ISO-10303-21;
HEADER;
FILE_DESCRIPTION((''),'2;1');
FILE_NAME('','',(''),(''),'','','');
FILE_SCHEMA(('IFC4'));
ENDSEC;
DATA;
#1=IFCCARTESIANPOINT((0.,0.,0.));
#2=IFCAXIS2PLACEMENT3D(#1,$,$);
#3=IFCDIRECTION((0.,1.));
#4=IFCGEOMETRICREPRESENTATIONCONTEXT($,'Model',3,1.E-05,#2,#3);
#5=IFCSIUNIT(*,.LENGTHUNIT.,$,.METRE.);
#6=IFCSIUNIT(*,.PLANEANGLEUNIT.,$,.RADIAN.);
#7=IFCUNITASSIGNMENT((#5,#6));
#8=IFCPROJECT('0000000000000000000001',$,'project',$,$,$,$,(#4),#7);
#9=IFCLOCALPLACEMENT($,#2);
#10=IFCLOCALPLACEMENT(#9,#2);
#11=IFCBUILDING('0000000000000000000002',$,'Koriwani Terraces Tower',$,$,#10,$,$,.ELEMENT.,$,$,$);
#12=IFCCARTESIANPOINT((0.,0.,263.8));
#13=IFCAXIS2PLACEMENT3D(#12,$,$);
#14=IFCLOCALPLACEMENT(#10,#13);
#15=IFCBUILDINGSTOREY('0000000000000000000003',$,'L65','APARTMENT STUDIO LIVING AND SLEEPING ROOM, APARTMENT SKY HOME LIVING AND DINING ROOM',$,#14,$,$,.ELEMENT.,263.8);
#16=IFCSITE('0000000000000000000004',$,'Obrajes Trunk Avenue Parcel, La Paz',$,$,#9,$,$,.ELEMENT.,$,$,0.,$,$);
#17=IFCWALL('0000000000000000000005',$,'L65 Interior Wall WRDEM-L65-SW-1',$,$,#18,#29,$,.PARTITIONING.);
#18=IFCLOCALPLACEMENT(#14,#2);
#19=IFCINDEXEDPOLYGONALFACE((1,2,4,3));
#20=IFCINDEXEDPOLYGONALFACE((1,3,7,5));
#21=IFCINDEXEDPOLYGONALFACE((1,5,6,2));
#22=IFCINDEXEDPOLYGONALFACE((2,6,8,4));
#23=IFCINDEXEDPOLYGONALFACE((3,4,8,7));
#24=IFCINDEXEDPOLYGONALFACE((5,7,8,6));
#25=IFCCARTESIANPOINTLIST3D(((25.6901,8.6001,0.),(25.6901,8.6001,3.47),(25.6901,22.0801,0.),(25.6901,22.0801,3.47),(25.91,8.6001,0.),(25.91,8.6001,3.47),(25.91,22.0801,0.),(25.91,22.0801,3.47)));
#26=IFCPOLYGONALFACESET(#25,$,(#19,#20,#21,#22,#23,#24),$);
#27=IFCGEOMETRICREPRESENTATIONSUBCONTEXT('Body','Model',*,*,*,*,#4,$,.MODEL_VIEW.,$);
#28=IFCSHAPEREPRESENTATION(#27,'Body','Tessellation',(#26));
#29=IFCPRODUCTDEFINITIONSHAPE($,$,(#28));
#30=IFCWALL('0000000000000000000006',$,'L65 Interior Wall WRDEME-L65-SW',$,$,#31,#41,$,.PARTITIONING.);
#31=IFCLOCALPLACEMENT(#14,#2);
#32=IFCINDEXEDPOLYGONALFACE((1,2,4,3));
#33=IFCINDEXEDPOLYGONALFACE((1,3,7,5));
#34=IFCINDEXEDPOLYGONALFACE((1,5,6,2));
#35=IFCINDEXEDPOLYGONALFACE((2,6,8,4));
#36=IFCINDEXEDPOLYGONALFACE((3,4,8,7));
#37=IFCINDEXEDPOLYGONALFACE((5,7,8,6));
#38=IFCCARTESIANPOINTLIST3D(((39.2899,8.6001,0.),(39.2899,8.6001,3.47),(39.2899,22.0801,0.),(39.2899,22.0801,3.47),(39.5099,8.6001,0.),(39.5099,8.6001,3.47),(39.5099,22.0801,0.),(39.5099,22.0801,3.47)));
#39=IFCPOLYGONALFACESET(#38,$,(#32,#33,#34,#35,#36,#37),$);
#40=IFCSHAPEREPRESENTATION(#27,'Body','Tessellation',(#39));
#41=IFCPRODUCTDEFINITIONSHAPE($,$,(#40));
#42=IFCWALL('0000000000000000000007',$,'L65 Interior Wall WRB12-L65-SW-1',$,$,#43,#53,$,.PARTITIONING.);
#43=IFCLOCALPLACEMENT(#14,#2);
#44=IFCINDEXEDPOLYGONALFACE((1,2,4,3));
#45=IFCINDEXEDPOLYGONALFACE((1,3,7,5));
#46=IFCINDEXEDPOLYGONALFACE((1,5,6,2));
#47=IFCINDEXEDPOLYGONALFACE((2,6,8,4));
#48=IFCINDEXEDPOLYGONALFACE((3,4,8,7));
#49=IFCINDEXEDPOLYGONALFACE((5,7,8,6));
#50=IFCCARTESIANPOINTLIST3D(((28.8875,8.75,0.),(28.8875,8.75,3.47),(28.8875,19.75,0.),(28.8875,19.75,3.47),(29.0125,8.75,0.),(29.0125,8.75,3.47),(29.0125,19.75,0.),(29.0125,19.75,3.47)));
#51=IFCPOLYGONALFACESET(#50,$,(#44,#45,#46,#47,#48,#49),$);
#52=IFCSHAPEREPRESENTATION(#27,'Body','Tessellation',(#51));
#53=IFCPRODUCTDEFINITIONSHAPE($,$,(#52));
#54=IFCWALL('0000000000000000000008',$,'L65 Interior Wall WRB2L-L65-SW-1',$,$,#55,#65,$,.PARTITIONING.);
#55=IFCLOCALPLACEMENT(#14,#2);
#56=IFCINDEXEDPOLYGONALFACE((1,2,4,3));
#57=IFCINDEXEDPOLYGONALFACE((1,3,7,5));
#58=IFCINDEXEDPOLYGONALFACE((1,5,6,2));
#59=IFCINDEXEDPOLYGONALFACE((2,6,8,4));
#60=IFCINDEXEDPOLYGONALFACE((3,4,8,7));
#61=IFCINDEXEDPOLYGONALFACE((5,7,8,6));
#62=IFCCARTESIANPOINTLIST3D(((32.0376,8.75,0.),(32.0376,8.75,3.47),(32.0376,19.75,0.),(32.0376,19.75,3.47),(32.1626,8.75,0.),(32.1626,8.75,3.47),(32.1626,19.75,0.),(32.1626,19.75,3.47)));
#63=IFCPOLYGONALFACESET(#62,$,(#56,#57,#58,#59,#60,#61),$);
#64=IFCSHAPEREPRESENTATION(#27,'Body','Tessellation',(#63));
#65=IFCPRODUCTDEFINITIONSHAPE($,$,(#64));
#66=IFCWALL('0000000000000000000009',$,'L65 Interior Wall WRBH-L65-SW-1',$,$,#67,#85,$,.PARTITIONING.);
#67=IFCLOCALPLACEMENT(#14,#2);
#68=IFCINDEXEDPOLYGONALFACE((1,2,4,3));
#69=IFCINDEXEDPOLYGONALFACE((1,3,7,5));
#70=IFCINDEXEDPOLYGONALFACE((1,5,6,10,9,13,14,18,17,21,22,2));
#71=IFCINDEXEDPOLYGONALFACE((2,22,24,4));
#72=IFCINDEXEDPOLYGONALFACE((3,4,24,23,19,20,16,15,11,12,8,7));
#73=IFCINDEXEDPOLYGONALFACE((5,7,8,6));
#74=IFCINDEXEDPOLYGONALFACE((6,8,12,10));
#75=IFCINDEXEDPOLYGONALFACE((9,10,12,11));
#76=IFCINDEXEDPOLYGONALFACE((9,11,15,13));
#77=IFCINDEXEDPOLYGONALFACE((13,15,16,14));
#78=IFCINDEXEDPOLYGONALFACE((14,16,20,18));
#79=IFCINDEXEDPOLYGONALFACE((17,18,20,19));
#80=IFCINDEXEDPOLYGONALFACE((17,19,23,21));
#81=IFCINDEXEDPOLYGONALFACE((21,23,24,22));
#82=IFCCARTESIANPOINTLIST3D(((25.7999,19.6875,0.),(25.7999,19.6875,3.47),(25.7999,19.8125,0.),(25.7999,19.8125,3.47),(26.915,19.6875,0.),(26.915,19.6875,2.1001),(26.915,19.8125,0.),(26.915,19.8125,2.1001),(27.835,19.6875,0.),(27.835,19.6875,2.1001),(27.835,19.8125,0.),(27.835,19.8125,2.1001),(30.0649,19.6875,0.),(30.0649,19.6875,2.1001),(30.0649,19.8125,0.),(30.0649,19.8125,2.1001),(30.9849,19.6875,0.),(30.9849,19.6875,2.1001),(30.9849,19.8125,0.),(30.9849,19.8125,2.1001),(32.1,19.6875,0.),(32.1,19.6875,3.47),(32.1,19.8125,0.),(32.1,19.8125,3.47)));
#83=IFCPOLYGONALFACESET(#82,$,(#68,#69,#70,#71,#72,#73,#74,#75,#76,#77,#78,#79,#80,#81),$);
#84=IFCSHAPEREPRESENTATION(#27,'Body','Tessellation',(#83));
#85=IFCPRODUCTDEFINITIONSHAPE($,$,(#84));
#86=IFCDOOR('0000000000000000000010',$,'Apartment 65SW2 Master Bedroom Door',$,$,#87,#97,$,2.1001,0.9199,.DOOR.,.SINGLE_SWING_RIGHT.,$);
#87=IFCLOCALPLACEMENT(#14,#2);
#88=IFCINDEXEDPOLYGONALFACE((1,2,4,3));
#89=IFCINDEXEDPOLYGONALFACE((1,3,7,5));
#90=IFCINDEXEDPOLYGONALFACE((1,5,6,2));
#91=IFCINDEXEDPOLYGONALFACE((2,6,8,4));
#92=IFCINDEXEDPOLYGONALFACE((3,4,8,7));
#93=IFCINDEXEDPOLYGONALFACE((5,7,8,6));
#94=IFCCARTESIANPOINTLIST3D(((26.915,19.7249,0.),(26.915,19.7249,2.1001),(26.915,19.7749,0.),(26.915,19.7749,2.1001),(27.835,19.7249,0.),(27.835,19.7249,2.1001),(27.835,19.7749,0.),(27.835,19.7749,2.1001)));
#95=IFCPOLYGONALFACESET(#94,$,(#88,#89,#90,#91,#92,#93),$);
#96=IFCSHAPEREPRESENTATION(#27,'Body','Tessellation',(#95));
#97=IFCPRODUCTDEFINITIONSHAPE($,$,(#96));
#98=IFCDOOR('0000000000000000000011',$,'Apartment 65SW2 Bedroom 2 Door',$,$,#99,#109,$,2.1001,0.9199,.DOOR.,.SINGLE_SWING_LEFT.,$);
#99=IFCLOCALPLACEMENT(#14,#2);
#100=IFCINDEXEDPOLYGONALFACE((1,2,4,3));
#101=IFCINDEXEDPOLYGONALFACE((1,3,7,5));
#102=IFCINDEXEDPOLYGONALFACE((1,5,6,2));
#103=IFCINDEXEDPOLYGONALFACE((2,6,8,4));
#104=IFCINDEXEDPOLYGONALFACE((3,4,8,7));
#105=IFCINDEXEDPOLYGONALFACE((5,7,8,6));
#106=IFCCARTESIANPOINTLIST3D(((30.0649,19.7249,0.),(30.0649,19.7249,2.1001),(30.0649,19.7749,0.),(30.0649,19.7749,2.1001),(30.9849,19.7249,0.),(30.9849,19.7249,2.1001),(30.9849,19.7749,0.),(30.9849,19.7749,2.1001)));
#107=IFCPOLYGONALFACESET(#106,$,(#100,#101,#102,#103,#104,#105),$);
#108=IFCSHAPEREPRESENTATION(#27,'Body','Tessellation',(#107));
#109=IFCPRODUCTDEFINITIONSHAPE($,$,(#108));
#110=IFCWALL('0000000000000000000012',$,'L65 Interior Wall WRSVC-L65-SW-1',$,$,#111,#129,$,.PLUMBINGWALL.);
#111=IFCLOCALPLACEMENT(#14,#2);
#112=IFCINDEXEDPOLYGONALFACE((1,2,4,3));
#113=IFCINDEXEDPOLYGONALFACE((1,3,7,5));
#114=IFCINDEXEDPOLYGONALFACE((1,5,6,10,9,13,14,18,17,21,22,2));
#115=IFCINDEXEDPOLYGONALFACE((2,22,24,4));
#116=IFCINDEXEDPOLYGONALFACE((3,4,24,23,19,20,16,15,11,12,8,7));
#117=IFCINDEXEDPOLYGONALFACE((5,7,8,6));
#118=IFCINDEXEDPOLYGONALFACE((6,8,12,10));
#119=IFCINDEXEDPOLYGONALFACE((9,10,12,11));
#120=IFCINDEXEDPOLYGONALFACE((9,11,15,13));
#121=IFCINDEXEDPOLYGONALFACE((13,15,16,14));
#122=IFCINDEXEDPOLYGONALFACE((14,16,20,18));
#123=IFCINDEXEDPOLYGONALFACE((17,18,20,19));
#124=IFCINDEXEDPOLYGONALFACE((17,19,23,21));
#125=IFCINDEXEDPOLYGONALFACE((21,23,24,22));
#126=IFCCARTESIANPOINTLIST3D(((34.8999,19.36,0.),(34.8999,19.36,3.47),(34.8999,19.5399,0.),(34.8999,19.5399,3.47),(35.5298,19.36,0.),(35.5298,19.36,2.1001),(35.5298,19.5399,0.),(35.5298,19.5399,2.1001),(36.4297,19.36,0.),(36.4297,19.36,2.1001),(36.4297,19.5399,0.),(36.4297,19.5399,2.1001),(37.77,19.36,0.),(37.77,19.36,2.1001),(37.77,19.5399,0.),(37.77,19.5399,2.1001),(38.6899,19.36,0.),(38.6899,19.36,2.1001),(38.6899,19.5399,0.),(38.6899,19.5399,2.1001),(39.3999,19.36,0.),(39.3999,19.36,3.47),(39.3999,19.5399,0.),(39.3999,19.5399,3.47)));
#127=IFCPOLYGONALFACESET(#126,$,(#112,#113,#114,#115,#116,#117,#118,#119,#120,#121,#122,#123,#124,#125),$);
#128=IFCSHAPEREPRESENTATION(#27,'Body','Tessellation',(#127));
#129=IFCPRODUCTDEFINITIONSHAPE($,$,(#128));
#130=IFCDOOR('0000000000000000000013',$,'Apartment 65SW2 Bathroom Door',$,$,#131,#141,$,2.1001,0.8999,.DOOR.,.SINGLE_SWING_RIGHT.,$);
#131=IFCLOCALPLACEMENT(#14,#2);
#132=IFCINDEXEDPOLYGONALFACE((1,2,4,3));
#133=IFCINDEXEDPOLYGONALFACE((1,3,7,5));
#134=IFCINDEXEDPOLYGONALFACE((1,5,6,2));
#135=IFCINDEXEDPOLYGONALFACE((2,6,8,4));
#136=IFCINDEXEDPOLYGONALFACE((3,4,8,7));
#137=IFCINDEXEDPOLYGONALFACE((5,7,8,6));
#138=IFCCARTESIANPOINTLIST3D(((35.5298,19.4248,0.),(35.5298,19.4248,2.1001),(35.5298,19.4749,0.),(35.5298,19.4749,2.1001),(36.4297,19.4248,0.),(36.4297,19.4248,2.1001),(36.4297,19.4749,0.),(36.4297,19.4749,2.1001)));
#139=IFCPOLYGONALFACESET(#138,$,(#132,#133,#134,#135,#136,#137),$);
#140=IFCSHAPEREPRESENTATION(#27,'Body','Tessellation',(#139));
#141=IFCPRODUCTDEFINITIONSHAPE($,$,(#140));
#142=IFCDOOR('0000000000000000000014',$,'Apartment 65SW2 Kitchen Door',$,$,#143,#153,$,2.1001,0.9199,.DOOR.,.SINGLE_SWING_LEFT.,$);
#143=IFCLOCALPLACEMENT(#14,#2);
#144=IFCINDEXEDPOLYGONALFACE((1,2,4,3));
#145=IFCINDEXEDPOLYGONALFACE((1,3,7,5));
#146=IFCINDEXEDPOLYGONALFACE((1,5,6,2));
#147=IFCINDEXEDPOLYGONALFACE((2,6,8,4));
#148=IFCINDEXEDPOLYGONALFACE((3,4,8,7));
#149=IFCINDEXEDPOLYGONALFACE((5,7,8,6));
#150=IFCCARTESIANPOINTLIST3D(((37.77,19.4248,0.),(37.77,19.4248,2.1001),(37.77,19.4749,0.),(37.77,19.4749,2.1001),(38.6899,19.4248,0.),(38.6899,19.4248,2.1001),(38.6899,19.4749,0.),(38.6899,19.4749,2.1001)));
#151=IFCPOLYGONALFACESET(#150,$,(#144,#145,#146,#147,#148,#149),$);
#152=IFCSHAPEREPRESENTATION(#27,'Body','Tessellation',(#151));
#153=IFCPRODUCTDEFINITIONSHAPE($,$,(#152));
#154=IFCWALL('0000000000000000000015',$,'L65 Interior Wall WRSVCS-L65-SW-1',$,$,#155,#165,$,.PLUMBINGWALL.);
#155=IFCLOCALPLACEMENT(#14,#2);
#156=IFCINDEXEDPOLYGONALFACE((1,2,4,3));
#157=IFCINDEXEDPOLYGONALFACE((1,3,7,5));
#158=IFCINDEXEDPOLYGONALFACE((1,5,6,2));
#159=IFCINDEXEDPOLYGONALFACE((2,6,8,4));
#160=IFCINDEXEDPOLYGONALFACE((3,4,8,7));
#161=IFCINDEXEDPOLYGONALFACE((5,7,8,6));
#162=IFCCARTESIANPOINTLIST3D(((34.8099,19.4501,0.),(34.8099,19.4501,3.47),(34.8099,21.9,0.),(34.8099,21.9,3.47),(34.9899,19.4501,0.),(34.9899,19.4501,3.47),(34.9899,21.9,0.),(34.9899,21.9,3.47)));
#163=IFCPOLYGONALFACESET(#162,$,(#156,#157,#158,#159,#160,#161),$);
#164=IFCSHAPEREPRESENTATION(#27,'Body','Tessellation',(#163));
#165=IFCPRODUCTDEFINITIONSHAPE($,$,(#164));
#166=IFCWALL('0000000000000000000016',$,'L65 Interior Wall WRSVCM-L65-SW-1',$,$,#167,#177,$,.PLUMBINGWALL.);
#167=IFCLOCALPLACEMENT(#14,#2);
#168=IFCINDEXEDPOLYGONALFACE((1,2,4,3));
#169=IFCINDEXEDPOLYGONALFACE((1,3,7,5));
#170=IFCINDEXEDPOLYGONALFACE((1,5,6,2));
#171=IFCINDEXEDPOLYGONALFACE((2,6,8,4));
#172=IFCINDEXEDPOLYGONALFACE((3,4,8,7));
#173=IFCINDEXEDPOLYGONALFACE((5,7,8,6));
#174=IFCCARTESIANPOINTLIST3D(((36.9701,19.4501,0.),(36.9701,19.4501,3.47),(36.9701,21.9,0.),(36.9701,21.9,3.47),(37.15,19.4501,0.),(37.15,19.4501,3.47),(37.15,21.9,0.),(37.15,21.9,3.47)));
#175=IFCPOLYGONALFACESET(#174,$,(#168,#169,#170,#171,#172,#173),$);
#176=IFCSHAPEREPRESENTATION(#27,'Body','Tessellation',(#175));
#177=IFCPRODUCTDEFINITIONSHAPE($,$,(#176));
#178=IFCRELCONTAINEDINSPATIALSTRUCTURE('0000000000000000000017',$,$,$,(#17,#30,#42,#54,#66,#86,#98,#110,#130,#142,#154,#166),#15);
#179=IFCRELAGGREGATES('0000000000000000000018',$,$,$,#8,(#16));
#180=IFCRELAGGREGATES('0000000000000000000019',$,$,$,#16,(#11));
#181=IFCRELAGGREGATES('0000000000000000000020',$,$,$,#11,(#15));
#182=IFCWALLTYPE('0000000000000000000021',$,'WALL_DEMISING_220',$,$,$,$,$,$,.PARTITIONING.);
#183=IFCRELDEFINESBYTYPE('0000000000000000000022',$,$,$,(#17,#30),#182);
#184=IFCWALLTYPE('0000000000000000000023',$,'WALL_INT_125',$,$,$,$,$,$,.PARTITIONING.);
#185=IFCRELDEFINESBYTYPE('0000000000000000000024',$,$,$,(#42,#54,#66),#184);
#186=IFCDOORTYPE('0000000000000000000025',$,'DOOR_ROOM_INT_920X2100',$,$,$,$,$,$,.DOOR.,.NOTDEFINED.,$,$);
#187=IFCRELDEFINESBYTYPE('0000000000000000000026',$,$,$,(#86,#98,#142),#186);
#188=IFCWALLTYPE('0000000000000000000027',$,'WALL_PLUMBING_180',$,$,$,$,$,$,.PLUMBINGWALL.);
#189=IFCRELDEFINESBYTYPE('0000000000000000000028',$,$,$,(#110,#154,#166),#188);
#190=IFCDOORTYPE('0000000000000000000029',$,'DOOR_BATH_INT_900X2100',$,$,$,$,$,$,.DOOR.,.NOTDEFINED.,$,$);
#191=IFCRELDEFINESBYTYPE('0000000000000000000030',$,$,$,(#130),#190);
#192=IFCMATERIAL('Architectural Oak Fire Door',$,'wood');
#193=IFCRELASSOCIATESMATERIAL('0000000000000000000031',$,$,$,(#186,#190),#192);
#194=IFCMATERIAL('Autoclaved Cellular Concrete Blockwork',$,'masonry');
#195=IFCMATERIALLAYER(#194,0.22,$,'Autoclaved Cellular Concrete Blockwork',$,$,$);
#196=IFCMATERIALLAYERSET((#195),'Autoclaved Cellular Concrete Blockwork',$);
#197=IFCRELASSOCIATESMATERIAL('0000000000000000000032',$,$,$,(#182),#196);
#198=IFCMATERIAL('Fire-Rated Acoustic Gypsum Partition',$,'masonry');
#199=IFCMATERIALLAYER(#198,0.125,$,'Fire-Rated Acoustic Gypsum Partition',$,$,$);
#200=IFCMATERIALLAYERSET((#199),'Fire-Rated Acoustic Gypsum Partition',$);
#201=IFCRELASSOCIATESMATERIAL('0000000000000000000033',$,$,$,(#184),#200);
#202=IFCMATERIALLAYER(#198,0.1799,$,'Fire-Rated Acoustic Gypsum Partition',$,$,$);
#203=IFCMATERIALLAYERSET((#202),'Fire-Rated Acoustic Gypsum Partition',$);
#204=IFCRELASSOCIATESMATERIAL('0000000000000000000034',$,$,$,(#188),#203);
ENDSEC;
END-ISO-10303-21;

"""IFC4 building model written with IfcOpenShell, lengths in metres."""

from ifc_helpers import new_model, si_unit, direction, frame, frame_2d, origin, place, context, subcontext, project, spatial, rectangle, extrude, material, layer, layer_set, type_object, element, fill, save


model = new_model("IFC4")

# Units and contexts
model_context = context("Model", 3, precision=1e-05, world=origin(), true_north=direction((0.0, 1.0)))
body_context = subcontext(model_context, "Body", "Model", "MODEL_VIEW")
ifc_project = project(units=[si_unit("LENGTHUNIT", "METRE"), si_unit("PLANEANGLEUNIT", "RADIAN")], contexts=[model_context])

# Site, building, storey
site_placement = place(None, origin())
site = spatial("IfcSite", under=ifc_project, at=site_placement, Name="Obrajes Trunk Avenue Parcel, La Paz", CompositionType="ELEMENT", RefElevation=0.0)
building_placement = place(site_placement, origin())
building = spatial("IfcBuilding", under=site, at=building_placement, Name="Koriwani Terraces Tower", CompositionType="ELEMENT")
storey_placement = place(building_placement, frame((0.0, 0.0, 263.8)))
storey = spatial("IfcBuildingStorey", under=building, at=storey_placement, Name="L65", Description="APARTMENT STUDIO LIVING AND SLEEPING ROOM, APARTMENT SKY HOME LIVING AND DINING ROOM", CompositionType="ELEMENT", Elevation=263.8)

# Shared definitions
ifc_material_1 = material(Name="Autoclaved Cellular Concrete Blockwork", Category="masonry")
ifc_material_2 = material(Name="Architectural Oak Fire Door", Category="wood")
door_type_1 = type_object("IfcDoorType", Name="DOOR_ROOM_INT_920X2100", OperationType="NOTDEFINED", PredefinedType="DOOR", material=ifc_material_2)

# Walls
ifc_layer_1 = layer(ifc_material_1, 0.22, Name="Autoclaved Cellular Concrete Blockwork")
ifc_layer_set_1 = layer_set([ifc_layer_1], Name="Autoclaved Cellular Concrete Blockwork")
wall_type_1 = type_object("IfcWallType", Name="WALL_DEMISING_220", PredefinedType="PARTITIONING", material=ifc_layer_set_1)
for number, where, z_axis, x_axis, name in (
    (1, (25.8, 8.6001, 0.0), (0.0, 0.0, 1.0), (0.0, 1.0, 0.0), "L65 Interior Wall WRDEM-L65-SW-1"),
    (2, (39.3999, 8.6001, 0.0), (0.0, 0.0, 1.0), (0.0, 1.0, 0.0), "L65 Interior Wall WRDEME-L65-SW"),
):
    element("IfcWall", number, at=place(storey_placement, frame(where, z_axis=z_axis, x_axis=x_axis)), inside=storey, type_object=wall_type_1, Name=name, PredefinedType="PARTITIONING", context=body_context, shape_type="SweptSolid", body=[
        extrude(rectangle(XDim=13.48, YDim=0.22, at=frame_2d((6.74, 0.0))), origin(), (0.0, 0.0, 1.0), 3.47),
    ])
ifc_material_3 = material(Name="Fire-Rated Acoustic Gypsum Partition", Category="masonry")
ifc_layer_2 = layer(ifc_material_3, 0.125, Name="Fire-Rated Acoustic Gypsum Partition")
ifc_layer_set_2 = layer_set([ifc_layer_2], Name="Fire-Rated Acoustic Gypsum Partition")
wall_type_2 = type_object("IfcWallType", Name="WALL_INT_125", PredefinedType="PARTITIONING", material=ifc_layer_set_2)
for number, where, z_axis, x_axis, name in (
    (3, (28.95, 8.75, 0.0), (0.0, 0.0, 1.0), (0.0, 1.0, 0.0), "L65 Interior Wall WRB12-L65-SW-1"),
    (4, (32.1001, 8.75, 0.0), (0.0, 0.0, 1.0), (0.0, 1.0, 0.0), "L65 Interior Wall WRB2L-L65-SW-1"),
):
    element("IfcWall", number, at=place(storey_placement, frame(where, z_axis=z_axis, x_axis=x_axis)), inside=storey, type_object=wall_type_2, Name=name, PredefinedType="PARTITIONING", context=body_context, shape_type="SweptSolid", body=[
        extrude(rectangle(XDim=11.0, YDim=0.125, at=frame_2d((5.5, 0.0))), origin(), (0.0, 0.0, 1.0), 3.47),
    ])

# Walls, openings, doors
wall_1_placement = place(storey_placement, frame((25.8, 19.75, 0.0), z_axis=(0.0, 0.0, 1.0), x_axis=(1.0, 0.0, 0.0)))
wall_1 = element("IfcWall", 5, at=wall_1_placement, inside=storey, type_object=wall_type_2, Name="L65 Interior Wall WRBH-L65-SW-1", PredefinedType="PARTITIONING", context=body_context, shape_type="SweptSolid", body=[
    extrude(rectangle(XDim=6.3, YDim=0.125, at=frame_2d((3.1499, 0.0))), origin(), (0.0, 0.0, 1.0), 3.47),
])
opening_1_placement = place(wall_1_placement, frame((1.115, 0.0, 0.0)))
opening_1 = element("IfcOpeningElement", 6, at=opening_1_placement, cuts=wall_1, PredefinedType="OPENING", context=body_context, shape_type="SweptSolid", body=[
    extrude(rectangle(XDim=0.9199, YDim=2.1001, at=frame_2d((0.46, 1.05))), frame((0.0, 0.0725, 0.0), z_axis=(0.0, -1.0, 0.0), x_axis=(1.0, 0.0, 0.0)), (0.0, 0.0, 1.0), 0.145),
])
opening_2_placement = place(wall_1_placement, frame((4.2649, 0.0, 0.0)))
opening_2 = element("IfcOpeningElement", 7, at=opening_2_placement, cuts=wall_1, PredefinedType="OPENING", context=body_context, shape_type="SweptSolid", body=[
    extrude(rectangle(XDim=0.9199, YDim=2.1001, at=frame_2d((0.46, 1.05))), frame((0.0, 0.0725, 0.0), z_axis=(0.0, -1.0, 0.0), x_axis=(1.0, 0.0, 0.0)), (0.0, 0.0, 1.0), 0.145),
])
door_1_placement = place(opening_1_placement, origin())
door_1 = element("IfcDoor", 8, at=door_1_placement, inside=storey, type_object=door_type_1, Name="Apartment 65SW2 Master Bedroom Door", OperationType="SINGLE_SWING_RIGHT", OverallHeight=2.1001, OverallWidth=0.9199, PredefinedType="DOOR", context=body_context, shape_type="SweptSolid", body=[
    extrude(rectangle(XDim=0.9199, YDim=2.1001, at=frame_2d((0.46, 1.05))), frame((0.0, 0.0249, 0.0), z_axis=(0.0, -1.0, 0.0), x_axis=(1.0, 0.0, 0.0)), (0.0, 0.0, 1.0), 0.05),
])
fill(opening_1, door_1)
door_2_placement = place(opening_2_placement, origin())
door_2 = element("IfcDoor", 9, at=door_2_placement, inside=storey, type_object=door_type_1, Name="Apartment 65SW2 Bedroom 2 Door", OperationType="SINGLE_SWING_LEFT", OverallHeight=2.1001, OverallWidth=0.9199, PredefinedType="DOOR", context=body_context, shape_type="SweptSolid", body=[
    extrude(rectangle(XDim=0.9199, YDim=2.1001, at=frame_2d((0.46, 1.05))), frame((0.0, 0.0249, 0.0), z_axis=(0.0, -1.0, 0.0), x_axis=(1.0, 0.0, 0.0)), (0.0, 0.0, 1.0), 0.05),
])
fill(opening_2, door_2)
ifc_layer_3 = layer(ifc_material_3, 0.1799, Name="Fire-Rated Acoustic Gypsum Partition")
ifc_layer_set_3 = layer_set([ifc_layer_3], Name="Fire-Rated Acoustic Gypsum Partition")
wall_type_3 = type_object("IfcWallType", Name="WALL_PLUMBING_180", PredefinedType="PLUMBINGWALL", material=ifc_layer_set_3)
wall_2_placement = place(storey_placement, frame((34.8999, 19.45, 0.0), z_axis=(0.0, 0.0, 1.0), x_axis=(1.0, 0.0, 0.0)))
wall_2 = element("IfcWall", 10, at=wall_2_placement, inside=storey, type_object=wall_type_3, Name="L65 Interior Wall WRSVC-L65-SW-1", PredefinedType="PLUMBINGWALL", context=body_context, shape_type="SweptSolid", body=[
    extrude(rectangle(XDim=4.5, YDim=0.1799, at=frame_2d((2.25, 0.0))), origin(), (0.0, 0.0, 1.0), 3.47),
])
opening_3_placement = place(wall_2_placement, frame((0.6299, 0.0, 0.0)))
opening_3 = element("IfcOpeningElement", 11, at=opening_3_placement, cuts=wall_2, PredefinedType="OPENING", context=body_context, shape_type="SweptSolid", body=[
    extrude(rectangle(XDim=0.8999, YDim=2.1001, at=frame_2d((0.45, 1.05))), frame((0.0, 0.1001, 0.0), z_axis=(0.0, -1.0, 0.0), x_axis=(1.0, 0.0, 0.0)), (0.0, 0.0, 1.0), 0.2),
])
opening_4_placement = place(wall_2_placement, frame((2.8701, 0.0, 0.0)))
opening_4 = element("IfcOpeningElement", 12, at=opening_4_placement, cuts=wall_2, PredefinedType="OPENING", context=body_context, shape_type="SweptSolid", body=[
    extrude(rectangle(XDim=0.9199, YDim=2.1001, at=frame_2d((0.46, 1.05))), frame((0.0, 0.1001, 0.0), z_axis=(0.0, -1.0, 0.0), x_axis=(1.0, 0.0, 0.0)), (0.0, 0.0, 1.0), 0.2),
])
door_type_2 = type_object("IfcDoorType", Name="DOOR_BATH_INT_900X2100", OperationType="NOTDEFINED", PredefinedType="DOOR", material=ifc_material_2)
door_3_placement = place(opening_3_placement, origin())
door_3 = element("IfcDoor", 13, at=door_3_placement, inside=storey, type_object=door_type_2, Name="Apartment 65SW2 Bathroom Door", OperationType="SINGLE_SWING_RIGHT", OverallHeight=2.1001, OverallWidth=0.8999, PredefinedType="DOOR", context=body_context, shape_type="SweptSolid", body=[
    extrude(rectangle(XDim=0.8999, YDim=2.1001, at=frame_2d((0.45, 1.05))), frame((0.0, 0.0249, 0.0), z_axis=(0.0, -1.0, 0.0), x_axis=(1.0, 0.0, 0.0)), (0.0, 0.0, 1.0), 0.05),
])
fill(opening_3, door_3)
door_4_placement = place(opening_4_placement, origin())
door_4 = element("IfcDoor", 14, at=door_4_placement, inside=storey, type_object=door_type_1, Name="Apartment 65SW2 Kitchen Door", OperationType="SINGLE_SWING_LEFT", OverallHeight=2.1001, OverallWidth=0.9199, PredefinedType="DOOR", context=body_context, shape_type="SweptSolid", body=[
    extrude(rectangle(XDim=0.9199, YDim=2.1001, at=frame_2d((0.46, 1.05))), frame((0.0, 0.0249, 0.0), z_axis=(0.0, -1.0, 0.0), x_axis=(1.0, 0.0, 0.0)), (0.0, 0.0, 1.0), 0.05),
])
fill(opening_4, door_4)

# Walls
for number, where, z_axis, x_axis, name in (
    (15, (34.8999, 19.45, 0.0), (0.0, 0.0, 1.0), (0.0, 1.0, 0.0), "L65 Interior Wall WRSVCS-L65-SW-1"),
    (16, (37.0601, 19.45, 0.0), (0.0, 0.0, 1.0), (0.0, 1.0, 0.0), "L65 Interior Wall WRSVCM-L65-SW-1"),
):
    element("IfcWall", number, at=place(storey_placement, frame(where, z_axis=z_axis, x_axis=x_axis)), inside=storey, type_object=wall_type_3, Name=name, PredefinedType="PLUMBINGWALL", context=body_context, shape_type="SweptSolid", body=[
        extrude(rectangle(XDim=2.45, YDim=0.1799, at=frame_2d((1.2251, 0.0))), origin(), (0.0, 0.0, 1.0), 3.47),
    ])

save(model, "model.ifc")
